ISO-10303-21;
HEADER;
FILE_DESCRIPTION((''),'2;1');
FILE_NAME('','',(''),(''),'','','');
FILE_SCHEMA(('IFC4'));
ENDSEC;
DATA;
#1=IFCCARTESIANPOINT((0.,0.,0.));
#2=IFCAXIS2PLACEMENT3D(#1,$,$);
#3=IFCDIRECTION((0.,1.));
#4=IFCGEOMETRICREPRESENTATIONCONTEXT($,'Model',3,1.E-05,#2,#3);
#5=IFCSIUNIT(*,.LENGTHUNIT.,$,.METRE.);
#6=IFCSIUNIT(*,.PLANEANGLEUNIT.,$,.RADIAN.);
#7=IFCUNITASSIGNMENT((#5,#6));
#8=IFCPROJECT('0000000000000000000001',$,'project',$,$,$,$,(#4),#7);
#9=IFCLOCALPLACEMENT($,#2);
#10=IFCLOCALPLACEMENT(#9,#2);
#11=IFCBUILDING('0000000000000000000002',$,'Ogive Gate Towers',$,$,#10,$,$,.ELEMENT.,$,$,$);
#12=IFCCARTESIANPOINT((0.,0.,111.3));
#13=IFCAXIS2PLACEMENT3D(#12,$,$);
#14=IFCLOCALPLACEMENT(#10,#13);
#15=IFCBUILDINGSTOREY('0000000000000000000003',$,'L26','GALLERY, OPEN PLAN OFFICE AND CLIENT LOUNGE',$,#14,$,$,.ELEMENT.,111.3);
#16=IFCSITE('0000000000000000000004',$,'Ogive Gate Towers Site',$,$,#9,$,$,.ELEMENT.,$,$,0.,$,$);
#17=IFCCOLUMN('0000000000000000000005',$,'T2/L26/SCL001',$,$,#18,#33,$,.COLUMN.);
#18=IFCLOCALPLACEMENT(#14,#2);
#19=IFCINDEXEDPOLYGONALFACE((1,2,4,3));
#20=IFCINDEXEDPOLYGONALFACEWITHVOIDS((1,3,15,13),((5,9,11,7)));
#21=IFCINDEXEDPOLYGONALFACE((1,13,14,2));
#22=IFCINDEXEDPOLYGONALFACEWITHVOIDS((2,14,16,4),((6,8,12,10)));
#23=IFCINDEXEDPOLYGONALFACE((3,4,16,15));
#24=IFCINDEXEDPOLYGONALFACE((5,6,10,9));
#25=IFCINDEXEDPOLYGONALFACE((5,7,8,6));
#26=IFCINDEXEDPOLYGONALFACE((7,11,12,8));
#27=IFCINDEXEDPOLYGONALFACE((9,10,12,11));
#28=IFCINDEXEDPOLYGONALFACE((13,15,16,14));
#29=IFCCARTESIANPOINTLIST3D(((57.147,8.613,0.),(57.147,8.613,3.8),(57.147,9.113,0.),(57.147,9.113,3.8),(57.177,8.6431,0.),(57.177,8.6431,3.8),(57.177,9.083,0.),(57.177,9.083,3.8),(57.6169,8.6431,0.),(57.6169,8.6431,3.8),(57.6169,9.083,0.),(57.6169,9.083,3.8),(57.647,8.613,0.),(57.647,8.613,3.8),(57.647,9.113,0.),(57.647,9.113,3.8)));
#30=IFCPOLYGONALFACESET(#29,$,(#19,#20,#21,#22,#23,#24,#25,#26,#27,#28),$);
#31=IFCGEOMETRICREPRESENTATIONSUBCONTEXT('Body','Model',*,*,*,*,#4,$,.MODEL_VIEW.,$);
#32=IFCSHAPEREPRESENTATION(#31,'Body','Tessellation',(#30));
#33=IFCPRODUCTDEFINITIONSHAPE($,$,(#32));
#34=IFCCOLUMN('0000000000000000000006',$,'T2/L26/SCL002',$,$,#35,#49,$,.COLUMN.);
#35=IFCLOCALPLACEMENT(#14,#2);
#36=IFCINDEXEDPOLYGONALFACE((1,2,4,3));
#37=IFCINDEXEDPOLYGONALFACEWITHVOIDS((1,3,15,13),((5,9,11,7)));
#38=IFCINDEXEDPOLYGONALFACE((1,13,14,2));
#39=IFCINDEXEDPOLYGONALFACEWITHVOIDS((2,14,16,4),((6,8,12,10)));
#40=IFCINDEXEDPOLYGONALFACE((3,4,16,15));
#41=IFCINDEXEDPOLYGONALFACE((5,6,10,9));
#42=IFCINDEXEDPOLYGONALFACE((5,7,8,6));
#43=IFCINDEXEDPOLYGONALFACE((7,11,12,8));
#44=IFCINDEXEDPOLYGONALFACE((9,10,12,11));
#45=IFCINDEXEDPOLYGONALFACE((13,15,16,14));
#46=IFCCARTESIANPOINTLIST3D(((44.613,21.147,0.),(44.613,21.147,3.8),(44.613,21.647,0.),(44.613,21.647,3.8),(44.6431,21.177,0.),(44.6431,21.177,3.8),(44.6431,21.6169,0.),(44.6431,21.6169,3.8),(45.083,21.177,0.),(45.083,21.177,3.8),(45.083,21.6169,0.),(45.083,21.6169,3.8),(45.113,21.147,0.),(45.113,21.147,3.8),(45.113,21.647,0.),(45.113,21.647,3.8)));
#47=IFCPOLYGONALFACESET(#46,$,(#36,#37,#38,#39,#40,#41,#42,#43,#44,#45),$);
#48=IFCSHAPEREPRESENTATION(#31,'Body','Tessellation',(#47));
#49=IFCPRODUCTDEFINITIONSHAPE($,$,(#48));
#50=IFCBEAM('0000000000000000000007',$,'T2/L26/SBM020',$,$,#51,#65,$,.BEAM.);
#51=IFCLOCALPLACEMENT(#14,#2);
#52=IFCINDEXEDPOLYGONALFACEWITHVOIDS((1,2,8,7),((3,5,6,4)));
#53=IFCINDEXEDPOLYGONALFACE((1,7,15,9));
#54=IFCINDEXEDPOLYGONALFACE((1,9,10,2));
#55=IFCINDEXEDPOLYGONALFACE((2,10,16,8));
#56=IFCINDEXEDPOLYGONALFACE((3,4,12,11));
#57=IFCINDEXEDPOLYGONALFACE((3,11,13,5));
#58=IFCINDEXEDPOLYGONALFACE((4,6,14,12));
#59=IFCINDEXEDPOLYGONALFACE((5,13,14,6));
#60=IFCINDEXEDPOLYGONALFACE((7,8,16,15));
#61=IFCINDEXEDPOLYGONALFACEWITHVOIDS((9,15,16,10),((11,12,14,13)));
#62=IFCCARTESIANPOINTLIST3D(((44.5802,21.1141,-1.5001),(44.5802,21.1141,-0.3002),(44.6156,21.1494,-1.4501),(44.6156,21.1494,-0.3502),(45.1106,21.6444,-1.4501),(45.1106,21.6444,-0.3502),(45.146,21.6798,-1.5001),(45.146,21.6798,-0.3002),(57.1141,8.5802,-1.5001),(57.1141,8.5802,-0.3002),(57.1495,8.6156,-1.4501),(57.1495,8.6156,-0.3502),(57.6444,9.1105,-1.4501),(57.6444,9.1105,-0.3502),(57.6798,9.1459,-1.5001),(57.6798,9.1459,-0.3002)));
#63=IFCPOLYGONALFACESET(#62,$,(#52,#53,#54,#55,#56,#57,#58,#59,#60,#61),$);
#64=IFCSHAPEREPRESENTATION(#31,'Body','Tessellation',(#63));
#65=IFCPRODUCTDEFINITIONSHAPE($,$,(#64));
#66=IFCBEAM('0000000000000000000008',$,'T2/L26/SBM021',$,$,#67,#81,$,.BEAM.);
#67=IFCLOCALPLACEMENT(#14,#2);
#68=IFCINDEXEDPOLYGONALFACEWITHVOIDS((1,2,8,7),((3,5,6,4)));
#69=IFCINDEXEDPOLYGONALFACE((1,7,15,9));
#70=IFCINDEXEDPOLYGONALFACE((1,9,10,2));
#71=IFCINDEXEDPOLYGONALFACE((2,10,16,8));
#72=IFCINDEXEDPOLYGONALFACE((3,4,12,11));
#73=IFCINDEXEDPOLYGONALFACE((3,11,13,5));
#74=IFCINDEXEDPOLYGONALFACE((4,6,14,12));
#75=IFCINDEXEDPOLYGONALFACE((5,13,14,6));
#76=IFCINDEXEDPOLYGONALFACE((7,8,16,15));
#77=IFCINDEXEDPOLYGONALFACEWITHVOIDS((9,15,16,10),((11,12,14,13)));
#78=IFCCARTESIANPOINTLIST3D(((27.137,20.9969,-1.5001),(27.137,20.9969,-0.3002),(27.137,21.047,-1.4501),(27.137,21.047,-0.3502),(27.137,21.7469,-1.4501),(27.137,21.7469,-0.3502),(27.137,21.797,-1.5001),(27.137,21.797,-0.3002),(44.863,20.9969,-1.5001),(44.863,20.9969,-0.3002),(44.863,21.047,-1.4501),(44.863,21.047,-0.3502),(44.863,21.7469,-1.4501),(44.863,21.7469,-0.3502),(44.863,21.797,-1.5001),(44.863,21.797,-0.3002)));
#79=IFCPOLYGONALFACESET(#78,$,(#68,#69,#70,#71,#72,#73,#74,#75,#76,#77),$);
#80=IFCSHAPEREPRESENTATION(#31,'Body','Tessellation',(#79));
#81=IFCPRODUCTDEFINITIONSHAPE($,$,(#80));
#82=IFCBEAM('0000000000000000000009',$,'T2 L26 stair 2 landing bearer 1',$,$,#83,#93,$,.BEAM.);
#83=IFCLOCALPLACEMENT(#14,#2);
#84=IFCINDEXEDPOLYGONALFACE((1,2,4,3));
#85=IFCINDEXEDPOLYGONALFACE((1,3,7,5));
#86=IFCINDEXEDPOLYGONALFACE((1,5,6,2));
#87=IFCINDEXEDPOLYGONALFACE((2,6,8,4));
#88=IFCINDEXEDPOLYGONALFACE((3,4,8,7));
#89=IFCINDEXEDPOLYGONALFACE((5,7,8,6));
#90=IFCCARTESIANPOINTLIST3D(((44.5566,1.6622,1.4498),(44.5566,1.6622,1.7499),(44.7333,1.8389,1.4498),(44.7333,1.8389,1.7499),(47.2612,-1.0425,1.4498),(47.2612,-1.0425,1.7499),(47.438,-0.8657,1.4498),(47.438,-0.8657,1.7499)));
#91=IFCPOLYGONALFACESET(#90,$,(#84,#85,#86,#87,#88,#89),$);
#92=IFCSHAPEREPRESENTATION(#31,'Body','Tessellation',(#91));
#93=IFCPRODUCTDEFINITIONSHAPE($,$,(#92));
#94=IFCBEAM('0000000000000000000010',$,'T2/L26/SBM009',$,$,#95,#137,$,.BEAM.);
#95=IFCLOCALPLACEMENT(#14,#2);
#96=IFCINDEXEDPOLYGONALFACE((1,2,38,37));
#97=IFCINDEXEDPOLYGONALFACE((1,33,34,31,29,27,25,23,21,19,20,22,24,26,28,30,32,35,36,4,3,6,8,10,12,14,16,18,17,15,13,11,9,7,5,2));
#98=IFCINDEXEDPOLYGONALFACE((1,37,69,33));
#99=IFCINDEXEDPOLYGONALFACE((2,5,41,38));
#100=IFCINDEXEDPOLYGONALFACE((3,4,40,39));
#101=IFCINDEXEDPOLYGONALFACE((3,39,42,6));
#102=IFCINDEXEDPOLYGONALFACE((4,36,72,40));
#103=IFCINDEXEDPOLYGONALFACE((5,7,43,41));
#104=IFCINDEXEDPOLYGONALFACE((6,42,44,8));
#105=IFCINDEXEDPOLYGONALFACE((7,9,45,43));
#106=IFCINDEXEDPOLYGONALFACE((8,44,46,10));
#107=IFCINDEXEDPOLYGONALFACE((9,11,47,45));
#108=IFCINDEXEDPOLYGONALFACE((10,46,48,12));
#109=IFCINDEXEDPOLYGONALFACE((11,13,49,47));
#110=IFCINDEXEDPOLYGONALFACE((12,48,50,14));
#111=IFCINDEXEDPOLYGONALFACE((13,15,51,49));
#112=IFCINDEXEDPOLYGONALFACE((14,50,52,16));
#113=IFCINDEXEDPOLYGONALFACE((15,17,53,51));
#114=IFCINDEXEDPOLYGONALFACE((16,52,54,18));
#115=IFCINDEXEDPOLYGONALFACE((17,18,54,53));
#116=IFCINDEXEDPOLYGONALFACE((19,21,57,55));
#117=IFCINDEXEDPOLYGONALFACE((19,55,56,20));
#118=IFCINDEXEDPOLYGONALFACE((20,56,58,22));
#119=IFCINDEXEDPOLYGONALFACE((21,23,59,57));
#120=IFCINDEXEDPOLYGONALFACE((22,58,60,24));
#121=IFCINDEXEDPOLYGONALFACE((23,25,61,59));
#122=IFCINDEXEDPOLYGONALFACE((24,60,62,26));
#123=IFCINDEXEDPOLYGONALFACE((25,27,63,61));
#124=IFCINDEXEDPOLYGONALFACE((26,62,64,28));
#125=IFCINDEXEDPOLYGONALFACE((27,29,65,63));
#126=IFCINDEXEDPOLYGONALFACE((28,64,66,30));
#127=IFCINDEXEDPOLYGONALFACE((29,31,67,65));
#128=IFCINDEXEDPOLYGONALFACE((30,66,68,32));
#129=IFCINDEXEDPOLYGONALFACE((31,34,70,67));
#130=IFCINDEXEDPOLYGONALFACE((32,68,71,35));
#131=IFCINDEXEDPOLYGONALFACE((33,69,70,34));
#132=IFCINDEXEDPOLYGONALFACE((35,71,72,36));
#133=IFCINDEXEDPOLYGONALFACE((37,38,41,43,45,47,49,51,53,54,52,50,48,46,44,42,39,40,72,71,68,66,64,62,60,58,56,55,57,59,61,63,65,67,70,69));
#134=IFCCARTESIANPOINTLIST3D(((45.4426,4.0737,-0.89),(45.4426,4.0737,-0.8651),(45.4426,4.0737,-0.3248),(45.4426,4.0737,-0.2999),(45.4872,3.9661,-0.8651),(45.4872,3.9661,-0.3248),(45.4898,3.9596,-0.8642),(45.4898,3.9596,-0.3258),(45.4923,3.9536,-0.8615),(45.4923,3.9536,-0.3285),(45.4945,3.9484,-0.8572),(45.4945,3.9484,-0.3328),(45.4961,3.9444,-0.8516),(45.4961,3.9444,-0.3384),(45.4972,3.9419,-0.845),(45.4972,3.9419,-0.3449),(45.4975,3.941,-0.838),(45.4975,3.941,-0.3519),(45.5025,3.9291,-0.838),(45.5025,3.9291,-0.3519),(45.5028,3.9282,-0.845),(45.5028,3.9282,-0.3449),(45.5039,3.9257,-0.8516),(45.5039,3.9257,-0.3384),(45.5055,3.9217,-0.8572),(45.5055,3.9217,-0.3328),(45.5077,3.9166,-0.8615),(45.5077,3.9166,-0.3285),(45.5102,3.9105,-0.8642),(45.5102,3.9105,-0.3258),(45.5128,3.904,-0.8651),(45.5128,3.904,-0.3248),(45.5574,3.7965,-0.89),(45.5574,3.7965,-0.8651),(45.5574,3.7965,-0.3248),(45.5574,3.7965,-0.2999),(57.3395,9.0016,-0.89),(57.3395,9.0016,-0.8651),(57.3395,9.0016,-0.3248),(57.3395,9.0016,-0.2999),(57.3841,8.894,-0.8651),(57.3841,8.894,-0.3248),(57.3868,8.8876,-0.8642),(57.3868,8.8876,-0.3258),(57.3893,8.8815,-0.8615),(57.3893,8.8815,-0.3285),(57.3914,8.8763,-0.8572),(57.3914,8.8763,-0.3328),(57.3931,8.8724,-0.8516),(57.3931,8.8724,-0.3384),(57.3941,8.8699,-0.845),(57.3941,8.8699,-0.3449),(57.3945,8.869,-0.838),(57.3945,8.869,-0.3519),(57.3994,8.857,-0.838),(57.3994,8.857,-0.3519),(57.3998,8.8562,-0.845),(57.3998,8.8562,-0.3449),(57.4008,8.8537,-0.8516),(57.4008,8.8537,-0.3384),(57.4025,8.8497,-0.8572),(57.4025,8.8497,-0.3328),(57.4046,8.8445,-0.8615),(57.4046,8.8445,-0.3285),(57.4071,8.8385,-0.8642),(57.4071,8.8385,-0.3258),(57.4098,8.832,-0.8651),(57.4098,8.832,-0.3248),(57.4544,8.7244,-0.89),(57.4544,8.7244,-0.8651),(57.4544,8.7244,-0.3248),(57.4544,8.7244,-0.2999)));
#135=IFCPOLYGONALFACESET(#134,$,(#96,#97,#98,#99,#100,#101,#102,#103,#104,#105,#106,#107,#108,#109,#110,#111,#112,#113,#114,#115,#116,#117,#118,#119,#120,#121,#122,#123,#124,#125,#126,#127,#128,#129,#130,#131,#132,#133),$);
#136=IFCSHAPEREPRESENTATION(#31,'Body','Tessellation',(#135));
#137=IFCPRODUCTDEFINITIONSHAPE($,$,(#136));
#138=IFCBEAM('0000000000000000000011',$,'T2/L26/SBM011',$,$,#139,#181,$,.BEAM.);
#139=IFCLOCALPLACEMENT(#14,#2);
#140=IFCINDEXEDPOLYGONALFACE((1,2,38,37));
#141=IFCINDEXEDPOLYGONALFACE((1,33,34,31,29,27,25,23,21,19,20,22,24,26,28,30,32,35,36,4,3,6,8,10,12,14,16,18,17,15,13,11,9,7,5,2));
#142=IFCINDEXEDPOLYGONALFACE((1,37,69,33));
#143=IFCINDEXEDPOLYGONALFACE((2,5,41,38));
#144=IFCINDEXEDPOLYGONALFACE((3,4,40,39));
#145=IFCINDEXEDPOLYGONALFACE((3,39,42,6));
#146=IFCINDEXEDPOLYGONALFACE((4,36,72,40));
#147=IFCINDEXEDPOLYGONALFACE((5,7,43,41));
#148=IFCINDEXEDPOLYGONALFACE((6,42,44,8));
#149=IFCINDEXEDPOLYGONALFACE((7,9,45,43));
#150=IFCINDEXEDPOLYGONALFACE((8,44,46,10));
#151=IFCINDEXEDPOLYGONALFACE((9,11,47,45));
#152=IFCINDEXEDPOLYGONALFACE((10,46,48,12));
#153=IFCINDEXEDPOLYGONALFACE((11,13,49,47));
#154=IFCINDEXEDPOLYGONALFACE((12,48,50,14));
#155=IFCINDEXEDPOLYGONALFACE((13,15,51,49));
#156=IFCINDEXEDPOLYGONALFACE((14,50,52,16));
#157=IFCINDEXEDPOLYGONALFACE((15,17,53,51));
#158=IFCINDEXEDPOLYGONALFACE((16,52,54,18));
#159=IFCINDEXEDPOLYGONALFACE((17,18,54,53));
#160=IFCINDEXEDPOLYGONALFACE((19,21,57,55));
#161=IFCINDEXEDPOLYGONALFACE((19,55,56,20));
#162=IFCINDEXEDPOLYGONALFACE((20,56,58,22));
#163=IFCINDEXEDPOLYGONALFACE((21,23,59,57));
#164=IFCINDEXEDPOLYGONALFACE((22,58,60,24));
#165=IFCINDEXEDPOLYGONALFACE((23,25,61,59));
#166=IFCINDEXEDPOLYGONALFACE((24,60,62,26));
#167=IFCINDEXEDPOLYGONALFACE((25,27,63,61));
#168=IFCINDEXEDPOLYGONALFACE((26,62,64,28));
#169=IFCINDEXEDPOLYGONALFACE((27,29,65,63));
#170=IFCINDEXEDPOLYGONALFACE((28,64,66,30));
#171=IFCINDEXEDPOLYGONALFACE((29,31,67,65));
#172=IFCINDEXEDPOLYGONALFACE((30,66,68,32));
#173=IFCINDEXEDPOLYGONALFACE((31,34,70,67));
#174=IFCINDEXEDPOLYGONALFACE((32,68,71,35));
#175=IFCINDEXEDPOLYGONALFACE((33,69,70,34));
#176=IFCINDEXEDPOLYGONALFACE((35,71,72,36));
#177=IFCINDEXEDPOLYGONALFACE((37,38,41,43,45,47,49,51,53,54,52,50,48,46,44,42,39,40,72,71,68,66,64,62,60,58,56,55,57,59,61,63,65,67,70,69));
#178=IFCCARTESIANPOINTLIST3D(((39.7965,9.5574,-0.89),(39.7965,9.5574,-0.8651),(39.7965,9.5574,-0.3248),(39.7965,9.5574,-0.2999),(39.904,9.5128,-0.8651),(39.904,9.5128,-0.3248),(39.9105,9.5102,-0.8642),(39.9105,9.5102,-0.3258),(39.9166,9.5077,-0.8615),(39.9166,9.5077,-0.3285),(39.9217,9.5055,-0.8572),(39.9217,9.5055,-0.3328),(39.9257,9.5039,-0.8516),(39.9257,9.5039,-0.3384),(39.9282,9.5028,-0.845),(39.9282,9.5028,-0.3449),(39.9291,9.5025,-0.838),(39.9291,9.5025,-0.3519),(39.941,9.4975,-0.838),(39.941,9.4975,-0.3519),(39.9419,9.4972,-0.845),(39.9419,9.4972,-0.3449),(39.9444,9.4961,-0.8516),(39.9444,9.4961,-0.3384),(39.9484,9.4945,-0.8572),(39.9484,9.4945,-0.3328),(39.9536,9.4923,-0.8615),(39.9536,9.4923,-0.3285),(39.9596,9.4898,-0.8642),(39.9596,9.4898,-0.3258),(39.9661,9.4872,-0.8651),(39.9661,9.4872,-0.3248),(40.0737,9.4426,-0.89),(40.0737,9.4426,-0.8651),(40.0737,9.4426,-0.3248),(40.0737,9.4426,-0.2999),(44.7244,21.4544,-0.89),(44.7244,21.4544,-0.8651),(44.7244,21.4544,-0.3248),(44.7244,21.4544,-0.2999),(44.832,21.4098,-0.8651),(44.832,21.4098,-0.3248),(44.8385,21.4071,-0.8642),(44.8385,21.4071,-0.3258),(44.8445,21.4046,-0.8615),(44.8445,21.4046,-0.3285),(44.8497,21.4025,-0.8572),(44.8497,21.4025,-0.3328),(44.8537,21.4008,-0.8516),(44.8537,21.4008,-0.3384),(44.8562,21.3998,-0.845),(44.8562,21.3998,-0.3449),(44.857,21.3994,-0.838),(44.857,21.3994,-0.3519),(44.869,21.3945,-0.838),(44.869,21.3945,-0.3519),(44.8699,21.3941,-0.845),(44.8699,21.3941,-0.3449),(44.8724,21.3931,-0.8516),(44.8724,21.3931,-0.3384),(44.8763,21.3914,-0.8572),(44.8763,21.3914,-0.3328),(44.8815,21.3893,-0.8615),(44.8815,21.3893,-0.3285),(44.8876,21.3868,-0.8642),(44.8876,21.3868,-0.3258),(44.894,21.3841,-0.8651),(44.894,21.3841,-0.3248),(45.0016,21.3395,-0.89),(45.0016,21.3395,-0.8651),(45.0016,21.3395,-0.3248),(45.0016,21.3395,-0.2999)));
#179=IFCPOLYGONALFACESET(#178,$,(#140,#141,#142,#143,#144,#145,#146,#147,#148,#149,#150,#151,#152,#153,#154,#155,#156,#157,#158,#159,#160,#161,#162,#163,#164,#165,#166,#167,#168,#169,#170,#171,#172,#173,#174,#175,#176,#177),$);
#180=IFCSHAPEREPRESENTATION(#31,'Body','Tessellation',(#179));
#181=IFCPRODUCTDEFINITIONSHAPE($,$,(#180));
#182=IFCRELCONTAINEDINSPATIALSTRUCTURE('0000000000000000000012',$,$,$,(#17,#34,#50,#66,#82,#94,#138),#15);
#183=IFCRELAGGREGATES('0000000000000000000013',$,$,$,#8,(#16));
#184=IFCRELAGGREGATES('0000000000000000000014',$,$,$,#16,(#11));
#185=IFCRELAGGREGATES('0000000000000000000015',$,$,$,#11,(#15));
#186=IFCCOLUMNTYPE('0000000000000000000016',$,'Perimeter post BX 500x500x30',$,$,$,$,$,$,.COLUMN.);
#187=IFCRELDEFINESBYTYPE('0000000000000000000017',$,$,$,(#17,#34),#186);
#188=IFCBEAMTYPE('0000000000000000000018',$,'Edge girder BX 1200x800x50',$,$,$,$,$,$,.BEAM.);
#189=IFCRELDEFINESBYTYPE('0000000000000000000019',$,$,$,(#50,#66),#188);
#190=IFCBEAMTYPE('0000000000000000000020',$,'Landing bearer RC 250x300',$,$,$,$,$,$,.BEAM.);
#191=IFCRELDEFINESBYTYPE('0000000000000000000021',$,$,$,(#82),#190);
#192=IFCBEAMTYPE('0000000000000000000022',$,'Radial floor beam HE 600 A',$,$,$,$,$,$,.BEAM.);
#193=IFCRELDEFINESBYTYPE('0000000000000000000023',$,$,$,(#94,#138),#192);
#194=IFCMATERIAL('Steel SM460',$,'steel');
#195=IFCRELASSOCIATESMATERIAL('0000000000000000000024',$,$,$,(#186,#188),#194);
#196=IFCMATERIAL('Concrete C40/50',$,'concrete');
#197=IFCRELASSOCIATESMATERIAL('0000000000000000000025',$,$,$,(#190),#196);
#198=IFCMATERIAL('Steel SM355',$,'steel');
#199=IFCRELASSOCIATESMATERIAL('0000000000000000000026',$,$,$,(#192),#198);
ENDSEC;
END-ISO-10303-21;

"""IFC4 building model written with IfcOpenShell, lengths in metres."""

from ifc_helpers import new_model, si_unit, direction, frame, origin, origin_2d, place, context, subcontext, project, spatial, rectangle, hollow_rectangle, i_section, extrude, material, material_profile, profile_set, type_object, element, save


model = new_model("IFC4")

# Units and contexts
model_context = context("Model", 3, precision=1e-05, world=origin(), true_north=direction((0.0, 1.0)))
body_context = subcontext(model_context, "Body", "Model", "MODEL_VIEW")
ifc_project = project(units=[si_unit("LENGTHUNIT", "METRE"), si_unit("PLANEANGLEUNIT", "RADIAN")], contexts=[model_context])

# Site, building, storey
site_placement = place(None, origin())
site = spatial("IfcSite", under=ifc_project, at=site_placement, Name="Ogive Gate Towers Site", CompositionType="ELEMENT", RefElevation=0.0)
building_placement = place(site_placement, origin())
building = spatial("IfcBuilding", under=site, at=building_placement, Name="Ogive Gate Towers", CompositionType="ELEMENT")
storey_placement = place(building_placement, frame((0.0, 0.0, 111.3)))
storey = spatial("IfcBuildingStorey", under=building, at=storey_placement, Name="L26", Description="GALLERY, OPEN PLAN OFFICE AND CLIENT LOUNGE", CompositionType="ELEMENT", Elevation=111.3)

# Columns
ifc_material_1 = material(Name="Steel SM460", Category="steel")
ifc_material_profile_1 = material_profile(ifc_material_1, hollow_rectangle(XDim=0.5, YDim=0.5, WallThickness=0.03, at=origin_2d()), Name="BX 500x500x30")
ifc_profile_set_1 = profile_set([ifc_material_profile_1], Name="Steel SM460")
column_type = type_object("IfcColumnType", Name="Perimeter post BX 500x500x30", PredefinedType="COLUMN", material=ifc_profile_set_1)
for number, where, z_axis, x_axis, name in (
    (1, (57.397, 8.863, 0.0), (0.0, 0.0, 1.0), (1.0, 0.0, 0.0), "T2/L26/SCL001"),
    (2, (44.863, 21.397, 0.0), (0.0, 0.0, 1.0), (1.0, 0.0, 0.0), "T2/L26/SCL002"),
):
    element("IfcColumn", number, at=place(storey_placement, frame(where, z_axis=z_axis, x_axis=x_axis)), inside=storey, type_object=column_type, Name=name, PredefinedType="COLUMN", context=body_context, shape_type="SweptSolid", body=[
        extrude(hollow_rectangle(XDim=0.5, YDim=0.5, WallThickness=0.03, at=origin_2d()), origin(), (0.0, 0.0, 1.0), 3.8),
    ])

# Beams
ifc_material_profile_2 = material_profile(ifc_material_1, hollow_rectangle(XDim=0.8, YDim=1.2, WallThickness=0.05, at=origin_2d()), Name="BX 1200x800x50")
ifc_profile_set_2 = profile_set([ifc_material_profile_2], Name="Steel SM460")
beam_type_1 = type_object("IfcBeamType", Name="Edge girder BX 1200x800x50", PredefinedType="BEAM", material=ifc_profile_set_2)
beam_1_placement = place(storey_placement, frame((57.397, 8.863, -0.9001), z_axis=(-0.707107, 0.707107, 0.0), x_axis=(-0.707107, -0.707107, 0.0)))
element("IfcBeam", 3, at=beam_1_placement, inside=storey, type_object=beam_type_1, Name="T2/L26/SBM020", PredefinedType="BEAM", context=body_context, shape_type="SweptSolid", body=[
    extrude(hollow_rectangle(XDim=0.8, YDim=1.2, WallThickness=0.05, at=origin_2d()), origin(), (0.0, 0.0, 1.0), 17.7256),
])
beam_2_placement = place(storey_placement, frame((44.863, 21.397, -0.9001), z_axis=(-1.0, 0.0, 0.0), x_axis=(0.0, -1.0, 0.0)))
element("IfcBeam", 4, at=beam_2_placement, inside=storey, type_object=beam_type_1, Name="T2/L26/SBM021", PredefinedType="BEAM", context=body_context, shape_type="SweptSolid", body=[
    extrude(hollow_rectangle(XDim=0.8, YDim=1.2, WallThickness=0.05, at=origin_2d()), origin(), (0.0, 0.0, 1.0), 17.7261),
])
ifc_material_2 = material(Name="Concrete C40/50", Category="concrete")
ifc_material_profile_3 = material_profile(ifc_material_2, rectangle(XDim=0.25, YDim=0.3, at=origin_2d()), Name="RC 250x300")
ifc_profile_set_3 = profile_set([ifc_material_profile_3], Name="Concrete C40/50")
beam_type_2 = type_object("IfcBeamType", Name="Landing bearer RC 250x300", PredefinedType="BEAM", material=ifc_profile_set_3)
beam_3_placement = place(storey_placement, frame((47.3496, -0.9541, 1.5999), z_axis=(-0.707107, 0.707107, 0.0), x_axis=(-0.707107, -0.707107, 0.0)))
element("IfcBeam", 5, at=beam_3_placement, inside=storey, type_object=beam_type_2, Name="T2 L26 stair 2 landing bearer 1", PredefinedType="BEAM", context=body_context, shape_type="SweptSolid", body=[
    extrude(rectangle(XDim=0.25, YDim=0.3, at=origin_2d()), origin(), (0.0, 0.0, 1.0), 3.825),
])
ifc_material_3 = material(Name="Steel SM355", Category="steel")
ifc_material_profile_4 = material_profile(ifc_material_3, i_section(OverallWidth=0.3, OverallDepth=0.5901, WebThickness=0.0129, FlangeThickness=0.0249, FilletRadius=0.0271, at=origin_2d()), Name="HE 600 A")
ifc_profile_set_4 = profile_set([ifc_material_profile_4], Name="Steel SM355")
beam_type_3 = type_object("IfcBeamType", Name="Radial floor beam HE 600 A", PredefinedType="BEAM", material=ifc_profile_set_4)
for number, where, z_axis, x_axis, name in (
    (6, (45.5, 3.9351, -0.595), (0.923877, 0.382689, 0.0), (-0.382689, 0.923877, 0.0), "T2/L26/SBM009"),
    (7, (39.9351, 9.5, -0.595), (0.382689, 0.923877, 0.0), (-0.923877, 0.382689, 0.0), "T2/L26/SBM011"),
):
    element("IfcBeam", number, at=place(storey_placement, frame(where, z_axis=z_axis, x_axis=x_axis)), inside=storey, type_object=beam_type_3, Name=name, PredefinedType="BEAM", context=body_context, shape_type="SweptSolid", body=[
        extrude(i_section(OverallWidth=0.3, OverallDepth=0.5901, WebThickness=0.0129, FlangeThickness=0.0249, FilletRadius=0.0271, at=origin_2d()), origin(), (0.0, 0.0, 1.0), 12.8772),
    ])

save(model, "model.ifc")
